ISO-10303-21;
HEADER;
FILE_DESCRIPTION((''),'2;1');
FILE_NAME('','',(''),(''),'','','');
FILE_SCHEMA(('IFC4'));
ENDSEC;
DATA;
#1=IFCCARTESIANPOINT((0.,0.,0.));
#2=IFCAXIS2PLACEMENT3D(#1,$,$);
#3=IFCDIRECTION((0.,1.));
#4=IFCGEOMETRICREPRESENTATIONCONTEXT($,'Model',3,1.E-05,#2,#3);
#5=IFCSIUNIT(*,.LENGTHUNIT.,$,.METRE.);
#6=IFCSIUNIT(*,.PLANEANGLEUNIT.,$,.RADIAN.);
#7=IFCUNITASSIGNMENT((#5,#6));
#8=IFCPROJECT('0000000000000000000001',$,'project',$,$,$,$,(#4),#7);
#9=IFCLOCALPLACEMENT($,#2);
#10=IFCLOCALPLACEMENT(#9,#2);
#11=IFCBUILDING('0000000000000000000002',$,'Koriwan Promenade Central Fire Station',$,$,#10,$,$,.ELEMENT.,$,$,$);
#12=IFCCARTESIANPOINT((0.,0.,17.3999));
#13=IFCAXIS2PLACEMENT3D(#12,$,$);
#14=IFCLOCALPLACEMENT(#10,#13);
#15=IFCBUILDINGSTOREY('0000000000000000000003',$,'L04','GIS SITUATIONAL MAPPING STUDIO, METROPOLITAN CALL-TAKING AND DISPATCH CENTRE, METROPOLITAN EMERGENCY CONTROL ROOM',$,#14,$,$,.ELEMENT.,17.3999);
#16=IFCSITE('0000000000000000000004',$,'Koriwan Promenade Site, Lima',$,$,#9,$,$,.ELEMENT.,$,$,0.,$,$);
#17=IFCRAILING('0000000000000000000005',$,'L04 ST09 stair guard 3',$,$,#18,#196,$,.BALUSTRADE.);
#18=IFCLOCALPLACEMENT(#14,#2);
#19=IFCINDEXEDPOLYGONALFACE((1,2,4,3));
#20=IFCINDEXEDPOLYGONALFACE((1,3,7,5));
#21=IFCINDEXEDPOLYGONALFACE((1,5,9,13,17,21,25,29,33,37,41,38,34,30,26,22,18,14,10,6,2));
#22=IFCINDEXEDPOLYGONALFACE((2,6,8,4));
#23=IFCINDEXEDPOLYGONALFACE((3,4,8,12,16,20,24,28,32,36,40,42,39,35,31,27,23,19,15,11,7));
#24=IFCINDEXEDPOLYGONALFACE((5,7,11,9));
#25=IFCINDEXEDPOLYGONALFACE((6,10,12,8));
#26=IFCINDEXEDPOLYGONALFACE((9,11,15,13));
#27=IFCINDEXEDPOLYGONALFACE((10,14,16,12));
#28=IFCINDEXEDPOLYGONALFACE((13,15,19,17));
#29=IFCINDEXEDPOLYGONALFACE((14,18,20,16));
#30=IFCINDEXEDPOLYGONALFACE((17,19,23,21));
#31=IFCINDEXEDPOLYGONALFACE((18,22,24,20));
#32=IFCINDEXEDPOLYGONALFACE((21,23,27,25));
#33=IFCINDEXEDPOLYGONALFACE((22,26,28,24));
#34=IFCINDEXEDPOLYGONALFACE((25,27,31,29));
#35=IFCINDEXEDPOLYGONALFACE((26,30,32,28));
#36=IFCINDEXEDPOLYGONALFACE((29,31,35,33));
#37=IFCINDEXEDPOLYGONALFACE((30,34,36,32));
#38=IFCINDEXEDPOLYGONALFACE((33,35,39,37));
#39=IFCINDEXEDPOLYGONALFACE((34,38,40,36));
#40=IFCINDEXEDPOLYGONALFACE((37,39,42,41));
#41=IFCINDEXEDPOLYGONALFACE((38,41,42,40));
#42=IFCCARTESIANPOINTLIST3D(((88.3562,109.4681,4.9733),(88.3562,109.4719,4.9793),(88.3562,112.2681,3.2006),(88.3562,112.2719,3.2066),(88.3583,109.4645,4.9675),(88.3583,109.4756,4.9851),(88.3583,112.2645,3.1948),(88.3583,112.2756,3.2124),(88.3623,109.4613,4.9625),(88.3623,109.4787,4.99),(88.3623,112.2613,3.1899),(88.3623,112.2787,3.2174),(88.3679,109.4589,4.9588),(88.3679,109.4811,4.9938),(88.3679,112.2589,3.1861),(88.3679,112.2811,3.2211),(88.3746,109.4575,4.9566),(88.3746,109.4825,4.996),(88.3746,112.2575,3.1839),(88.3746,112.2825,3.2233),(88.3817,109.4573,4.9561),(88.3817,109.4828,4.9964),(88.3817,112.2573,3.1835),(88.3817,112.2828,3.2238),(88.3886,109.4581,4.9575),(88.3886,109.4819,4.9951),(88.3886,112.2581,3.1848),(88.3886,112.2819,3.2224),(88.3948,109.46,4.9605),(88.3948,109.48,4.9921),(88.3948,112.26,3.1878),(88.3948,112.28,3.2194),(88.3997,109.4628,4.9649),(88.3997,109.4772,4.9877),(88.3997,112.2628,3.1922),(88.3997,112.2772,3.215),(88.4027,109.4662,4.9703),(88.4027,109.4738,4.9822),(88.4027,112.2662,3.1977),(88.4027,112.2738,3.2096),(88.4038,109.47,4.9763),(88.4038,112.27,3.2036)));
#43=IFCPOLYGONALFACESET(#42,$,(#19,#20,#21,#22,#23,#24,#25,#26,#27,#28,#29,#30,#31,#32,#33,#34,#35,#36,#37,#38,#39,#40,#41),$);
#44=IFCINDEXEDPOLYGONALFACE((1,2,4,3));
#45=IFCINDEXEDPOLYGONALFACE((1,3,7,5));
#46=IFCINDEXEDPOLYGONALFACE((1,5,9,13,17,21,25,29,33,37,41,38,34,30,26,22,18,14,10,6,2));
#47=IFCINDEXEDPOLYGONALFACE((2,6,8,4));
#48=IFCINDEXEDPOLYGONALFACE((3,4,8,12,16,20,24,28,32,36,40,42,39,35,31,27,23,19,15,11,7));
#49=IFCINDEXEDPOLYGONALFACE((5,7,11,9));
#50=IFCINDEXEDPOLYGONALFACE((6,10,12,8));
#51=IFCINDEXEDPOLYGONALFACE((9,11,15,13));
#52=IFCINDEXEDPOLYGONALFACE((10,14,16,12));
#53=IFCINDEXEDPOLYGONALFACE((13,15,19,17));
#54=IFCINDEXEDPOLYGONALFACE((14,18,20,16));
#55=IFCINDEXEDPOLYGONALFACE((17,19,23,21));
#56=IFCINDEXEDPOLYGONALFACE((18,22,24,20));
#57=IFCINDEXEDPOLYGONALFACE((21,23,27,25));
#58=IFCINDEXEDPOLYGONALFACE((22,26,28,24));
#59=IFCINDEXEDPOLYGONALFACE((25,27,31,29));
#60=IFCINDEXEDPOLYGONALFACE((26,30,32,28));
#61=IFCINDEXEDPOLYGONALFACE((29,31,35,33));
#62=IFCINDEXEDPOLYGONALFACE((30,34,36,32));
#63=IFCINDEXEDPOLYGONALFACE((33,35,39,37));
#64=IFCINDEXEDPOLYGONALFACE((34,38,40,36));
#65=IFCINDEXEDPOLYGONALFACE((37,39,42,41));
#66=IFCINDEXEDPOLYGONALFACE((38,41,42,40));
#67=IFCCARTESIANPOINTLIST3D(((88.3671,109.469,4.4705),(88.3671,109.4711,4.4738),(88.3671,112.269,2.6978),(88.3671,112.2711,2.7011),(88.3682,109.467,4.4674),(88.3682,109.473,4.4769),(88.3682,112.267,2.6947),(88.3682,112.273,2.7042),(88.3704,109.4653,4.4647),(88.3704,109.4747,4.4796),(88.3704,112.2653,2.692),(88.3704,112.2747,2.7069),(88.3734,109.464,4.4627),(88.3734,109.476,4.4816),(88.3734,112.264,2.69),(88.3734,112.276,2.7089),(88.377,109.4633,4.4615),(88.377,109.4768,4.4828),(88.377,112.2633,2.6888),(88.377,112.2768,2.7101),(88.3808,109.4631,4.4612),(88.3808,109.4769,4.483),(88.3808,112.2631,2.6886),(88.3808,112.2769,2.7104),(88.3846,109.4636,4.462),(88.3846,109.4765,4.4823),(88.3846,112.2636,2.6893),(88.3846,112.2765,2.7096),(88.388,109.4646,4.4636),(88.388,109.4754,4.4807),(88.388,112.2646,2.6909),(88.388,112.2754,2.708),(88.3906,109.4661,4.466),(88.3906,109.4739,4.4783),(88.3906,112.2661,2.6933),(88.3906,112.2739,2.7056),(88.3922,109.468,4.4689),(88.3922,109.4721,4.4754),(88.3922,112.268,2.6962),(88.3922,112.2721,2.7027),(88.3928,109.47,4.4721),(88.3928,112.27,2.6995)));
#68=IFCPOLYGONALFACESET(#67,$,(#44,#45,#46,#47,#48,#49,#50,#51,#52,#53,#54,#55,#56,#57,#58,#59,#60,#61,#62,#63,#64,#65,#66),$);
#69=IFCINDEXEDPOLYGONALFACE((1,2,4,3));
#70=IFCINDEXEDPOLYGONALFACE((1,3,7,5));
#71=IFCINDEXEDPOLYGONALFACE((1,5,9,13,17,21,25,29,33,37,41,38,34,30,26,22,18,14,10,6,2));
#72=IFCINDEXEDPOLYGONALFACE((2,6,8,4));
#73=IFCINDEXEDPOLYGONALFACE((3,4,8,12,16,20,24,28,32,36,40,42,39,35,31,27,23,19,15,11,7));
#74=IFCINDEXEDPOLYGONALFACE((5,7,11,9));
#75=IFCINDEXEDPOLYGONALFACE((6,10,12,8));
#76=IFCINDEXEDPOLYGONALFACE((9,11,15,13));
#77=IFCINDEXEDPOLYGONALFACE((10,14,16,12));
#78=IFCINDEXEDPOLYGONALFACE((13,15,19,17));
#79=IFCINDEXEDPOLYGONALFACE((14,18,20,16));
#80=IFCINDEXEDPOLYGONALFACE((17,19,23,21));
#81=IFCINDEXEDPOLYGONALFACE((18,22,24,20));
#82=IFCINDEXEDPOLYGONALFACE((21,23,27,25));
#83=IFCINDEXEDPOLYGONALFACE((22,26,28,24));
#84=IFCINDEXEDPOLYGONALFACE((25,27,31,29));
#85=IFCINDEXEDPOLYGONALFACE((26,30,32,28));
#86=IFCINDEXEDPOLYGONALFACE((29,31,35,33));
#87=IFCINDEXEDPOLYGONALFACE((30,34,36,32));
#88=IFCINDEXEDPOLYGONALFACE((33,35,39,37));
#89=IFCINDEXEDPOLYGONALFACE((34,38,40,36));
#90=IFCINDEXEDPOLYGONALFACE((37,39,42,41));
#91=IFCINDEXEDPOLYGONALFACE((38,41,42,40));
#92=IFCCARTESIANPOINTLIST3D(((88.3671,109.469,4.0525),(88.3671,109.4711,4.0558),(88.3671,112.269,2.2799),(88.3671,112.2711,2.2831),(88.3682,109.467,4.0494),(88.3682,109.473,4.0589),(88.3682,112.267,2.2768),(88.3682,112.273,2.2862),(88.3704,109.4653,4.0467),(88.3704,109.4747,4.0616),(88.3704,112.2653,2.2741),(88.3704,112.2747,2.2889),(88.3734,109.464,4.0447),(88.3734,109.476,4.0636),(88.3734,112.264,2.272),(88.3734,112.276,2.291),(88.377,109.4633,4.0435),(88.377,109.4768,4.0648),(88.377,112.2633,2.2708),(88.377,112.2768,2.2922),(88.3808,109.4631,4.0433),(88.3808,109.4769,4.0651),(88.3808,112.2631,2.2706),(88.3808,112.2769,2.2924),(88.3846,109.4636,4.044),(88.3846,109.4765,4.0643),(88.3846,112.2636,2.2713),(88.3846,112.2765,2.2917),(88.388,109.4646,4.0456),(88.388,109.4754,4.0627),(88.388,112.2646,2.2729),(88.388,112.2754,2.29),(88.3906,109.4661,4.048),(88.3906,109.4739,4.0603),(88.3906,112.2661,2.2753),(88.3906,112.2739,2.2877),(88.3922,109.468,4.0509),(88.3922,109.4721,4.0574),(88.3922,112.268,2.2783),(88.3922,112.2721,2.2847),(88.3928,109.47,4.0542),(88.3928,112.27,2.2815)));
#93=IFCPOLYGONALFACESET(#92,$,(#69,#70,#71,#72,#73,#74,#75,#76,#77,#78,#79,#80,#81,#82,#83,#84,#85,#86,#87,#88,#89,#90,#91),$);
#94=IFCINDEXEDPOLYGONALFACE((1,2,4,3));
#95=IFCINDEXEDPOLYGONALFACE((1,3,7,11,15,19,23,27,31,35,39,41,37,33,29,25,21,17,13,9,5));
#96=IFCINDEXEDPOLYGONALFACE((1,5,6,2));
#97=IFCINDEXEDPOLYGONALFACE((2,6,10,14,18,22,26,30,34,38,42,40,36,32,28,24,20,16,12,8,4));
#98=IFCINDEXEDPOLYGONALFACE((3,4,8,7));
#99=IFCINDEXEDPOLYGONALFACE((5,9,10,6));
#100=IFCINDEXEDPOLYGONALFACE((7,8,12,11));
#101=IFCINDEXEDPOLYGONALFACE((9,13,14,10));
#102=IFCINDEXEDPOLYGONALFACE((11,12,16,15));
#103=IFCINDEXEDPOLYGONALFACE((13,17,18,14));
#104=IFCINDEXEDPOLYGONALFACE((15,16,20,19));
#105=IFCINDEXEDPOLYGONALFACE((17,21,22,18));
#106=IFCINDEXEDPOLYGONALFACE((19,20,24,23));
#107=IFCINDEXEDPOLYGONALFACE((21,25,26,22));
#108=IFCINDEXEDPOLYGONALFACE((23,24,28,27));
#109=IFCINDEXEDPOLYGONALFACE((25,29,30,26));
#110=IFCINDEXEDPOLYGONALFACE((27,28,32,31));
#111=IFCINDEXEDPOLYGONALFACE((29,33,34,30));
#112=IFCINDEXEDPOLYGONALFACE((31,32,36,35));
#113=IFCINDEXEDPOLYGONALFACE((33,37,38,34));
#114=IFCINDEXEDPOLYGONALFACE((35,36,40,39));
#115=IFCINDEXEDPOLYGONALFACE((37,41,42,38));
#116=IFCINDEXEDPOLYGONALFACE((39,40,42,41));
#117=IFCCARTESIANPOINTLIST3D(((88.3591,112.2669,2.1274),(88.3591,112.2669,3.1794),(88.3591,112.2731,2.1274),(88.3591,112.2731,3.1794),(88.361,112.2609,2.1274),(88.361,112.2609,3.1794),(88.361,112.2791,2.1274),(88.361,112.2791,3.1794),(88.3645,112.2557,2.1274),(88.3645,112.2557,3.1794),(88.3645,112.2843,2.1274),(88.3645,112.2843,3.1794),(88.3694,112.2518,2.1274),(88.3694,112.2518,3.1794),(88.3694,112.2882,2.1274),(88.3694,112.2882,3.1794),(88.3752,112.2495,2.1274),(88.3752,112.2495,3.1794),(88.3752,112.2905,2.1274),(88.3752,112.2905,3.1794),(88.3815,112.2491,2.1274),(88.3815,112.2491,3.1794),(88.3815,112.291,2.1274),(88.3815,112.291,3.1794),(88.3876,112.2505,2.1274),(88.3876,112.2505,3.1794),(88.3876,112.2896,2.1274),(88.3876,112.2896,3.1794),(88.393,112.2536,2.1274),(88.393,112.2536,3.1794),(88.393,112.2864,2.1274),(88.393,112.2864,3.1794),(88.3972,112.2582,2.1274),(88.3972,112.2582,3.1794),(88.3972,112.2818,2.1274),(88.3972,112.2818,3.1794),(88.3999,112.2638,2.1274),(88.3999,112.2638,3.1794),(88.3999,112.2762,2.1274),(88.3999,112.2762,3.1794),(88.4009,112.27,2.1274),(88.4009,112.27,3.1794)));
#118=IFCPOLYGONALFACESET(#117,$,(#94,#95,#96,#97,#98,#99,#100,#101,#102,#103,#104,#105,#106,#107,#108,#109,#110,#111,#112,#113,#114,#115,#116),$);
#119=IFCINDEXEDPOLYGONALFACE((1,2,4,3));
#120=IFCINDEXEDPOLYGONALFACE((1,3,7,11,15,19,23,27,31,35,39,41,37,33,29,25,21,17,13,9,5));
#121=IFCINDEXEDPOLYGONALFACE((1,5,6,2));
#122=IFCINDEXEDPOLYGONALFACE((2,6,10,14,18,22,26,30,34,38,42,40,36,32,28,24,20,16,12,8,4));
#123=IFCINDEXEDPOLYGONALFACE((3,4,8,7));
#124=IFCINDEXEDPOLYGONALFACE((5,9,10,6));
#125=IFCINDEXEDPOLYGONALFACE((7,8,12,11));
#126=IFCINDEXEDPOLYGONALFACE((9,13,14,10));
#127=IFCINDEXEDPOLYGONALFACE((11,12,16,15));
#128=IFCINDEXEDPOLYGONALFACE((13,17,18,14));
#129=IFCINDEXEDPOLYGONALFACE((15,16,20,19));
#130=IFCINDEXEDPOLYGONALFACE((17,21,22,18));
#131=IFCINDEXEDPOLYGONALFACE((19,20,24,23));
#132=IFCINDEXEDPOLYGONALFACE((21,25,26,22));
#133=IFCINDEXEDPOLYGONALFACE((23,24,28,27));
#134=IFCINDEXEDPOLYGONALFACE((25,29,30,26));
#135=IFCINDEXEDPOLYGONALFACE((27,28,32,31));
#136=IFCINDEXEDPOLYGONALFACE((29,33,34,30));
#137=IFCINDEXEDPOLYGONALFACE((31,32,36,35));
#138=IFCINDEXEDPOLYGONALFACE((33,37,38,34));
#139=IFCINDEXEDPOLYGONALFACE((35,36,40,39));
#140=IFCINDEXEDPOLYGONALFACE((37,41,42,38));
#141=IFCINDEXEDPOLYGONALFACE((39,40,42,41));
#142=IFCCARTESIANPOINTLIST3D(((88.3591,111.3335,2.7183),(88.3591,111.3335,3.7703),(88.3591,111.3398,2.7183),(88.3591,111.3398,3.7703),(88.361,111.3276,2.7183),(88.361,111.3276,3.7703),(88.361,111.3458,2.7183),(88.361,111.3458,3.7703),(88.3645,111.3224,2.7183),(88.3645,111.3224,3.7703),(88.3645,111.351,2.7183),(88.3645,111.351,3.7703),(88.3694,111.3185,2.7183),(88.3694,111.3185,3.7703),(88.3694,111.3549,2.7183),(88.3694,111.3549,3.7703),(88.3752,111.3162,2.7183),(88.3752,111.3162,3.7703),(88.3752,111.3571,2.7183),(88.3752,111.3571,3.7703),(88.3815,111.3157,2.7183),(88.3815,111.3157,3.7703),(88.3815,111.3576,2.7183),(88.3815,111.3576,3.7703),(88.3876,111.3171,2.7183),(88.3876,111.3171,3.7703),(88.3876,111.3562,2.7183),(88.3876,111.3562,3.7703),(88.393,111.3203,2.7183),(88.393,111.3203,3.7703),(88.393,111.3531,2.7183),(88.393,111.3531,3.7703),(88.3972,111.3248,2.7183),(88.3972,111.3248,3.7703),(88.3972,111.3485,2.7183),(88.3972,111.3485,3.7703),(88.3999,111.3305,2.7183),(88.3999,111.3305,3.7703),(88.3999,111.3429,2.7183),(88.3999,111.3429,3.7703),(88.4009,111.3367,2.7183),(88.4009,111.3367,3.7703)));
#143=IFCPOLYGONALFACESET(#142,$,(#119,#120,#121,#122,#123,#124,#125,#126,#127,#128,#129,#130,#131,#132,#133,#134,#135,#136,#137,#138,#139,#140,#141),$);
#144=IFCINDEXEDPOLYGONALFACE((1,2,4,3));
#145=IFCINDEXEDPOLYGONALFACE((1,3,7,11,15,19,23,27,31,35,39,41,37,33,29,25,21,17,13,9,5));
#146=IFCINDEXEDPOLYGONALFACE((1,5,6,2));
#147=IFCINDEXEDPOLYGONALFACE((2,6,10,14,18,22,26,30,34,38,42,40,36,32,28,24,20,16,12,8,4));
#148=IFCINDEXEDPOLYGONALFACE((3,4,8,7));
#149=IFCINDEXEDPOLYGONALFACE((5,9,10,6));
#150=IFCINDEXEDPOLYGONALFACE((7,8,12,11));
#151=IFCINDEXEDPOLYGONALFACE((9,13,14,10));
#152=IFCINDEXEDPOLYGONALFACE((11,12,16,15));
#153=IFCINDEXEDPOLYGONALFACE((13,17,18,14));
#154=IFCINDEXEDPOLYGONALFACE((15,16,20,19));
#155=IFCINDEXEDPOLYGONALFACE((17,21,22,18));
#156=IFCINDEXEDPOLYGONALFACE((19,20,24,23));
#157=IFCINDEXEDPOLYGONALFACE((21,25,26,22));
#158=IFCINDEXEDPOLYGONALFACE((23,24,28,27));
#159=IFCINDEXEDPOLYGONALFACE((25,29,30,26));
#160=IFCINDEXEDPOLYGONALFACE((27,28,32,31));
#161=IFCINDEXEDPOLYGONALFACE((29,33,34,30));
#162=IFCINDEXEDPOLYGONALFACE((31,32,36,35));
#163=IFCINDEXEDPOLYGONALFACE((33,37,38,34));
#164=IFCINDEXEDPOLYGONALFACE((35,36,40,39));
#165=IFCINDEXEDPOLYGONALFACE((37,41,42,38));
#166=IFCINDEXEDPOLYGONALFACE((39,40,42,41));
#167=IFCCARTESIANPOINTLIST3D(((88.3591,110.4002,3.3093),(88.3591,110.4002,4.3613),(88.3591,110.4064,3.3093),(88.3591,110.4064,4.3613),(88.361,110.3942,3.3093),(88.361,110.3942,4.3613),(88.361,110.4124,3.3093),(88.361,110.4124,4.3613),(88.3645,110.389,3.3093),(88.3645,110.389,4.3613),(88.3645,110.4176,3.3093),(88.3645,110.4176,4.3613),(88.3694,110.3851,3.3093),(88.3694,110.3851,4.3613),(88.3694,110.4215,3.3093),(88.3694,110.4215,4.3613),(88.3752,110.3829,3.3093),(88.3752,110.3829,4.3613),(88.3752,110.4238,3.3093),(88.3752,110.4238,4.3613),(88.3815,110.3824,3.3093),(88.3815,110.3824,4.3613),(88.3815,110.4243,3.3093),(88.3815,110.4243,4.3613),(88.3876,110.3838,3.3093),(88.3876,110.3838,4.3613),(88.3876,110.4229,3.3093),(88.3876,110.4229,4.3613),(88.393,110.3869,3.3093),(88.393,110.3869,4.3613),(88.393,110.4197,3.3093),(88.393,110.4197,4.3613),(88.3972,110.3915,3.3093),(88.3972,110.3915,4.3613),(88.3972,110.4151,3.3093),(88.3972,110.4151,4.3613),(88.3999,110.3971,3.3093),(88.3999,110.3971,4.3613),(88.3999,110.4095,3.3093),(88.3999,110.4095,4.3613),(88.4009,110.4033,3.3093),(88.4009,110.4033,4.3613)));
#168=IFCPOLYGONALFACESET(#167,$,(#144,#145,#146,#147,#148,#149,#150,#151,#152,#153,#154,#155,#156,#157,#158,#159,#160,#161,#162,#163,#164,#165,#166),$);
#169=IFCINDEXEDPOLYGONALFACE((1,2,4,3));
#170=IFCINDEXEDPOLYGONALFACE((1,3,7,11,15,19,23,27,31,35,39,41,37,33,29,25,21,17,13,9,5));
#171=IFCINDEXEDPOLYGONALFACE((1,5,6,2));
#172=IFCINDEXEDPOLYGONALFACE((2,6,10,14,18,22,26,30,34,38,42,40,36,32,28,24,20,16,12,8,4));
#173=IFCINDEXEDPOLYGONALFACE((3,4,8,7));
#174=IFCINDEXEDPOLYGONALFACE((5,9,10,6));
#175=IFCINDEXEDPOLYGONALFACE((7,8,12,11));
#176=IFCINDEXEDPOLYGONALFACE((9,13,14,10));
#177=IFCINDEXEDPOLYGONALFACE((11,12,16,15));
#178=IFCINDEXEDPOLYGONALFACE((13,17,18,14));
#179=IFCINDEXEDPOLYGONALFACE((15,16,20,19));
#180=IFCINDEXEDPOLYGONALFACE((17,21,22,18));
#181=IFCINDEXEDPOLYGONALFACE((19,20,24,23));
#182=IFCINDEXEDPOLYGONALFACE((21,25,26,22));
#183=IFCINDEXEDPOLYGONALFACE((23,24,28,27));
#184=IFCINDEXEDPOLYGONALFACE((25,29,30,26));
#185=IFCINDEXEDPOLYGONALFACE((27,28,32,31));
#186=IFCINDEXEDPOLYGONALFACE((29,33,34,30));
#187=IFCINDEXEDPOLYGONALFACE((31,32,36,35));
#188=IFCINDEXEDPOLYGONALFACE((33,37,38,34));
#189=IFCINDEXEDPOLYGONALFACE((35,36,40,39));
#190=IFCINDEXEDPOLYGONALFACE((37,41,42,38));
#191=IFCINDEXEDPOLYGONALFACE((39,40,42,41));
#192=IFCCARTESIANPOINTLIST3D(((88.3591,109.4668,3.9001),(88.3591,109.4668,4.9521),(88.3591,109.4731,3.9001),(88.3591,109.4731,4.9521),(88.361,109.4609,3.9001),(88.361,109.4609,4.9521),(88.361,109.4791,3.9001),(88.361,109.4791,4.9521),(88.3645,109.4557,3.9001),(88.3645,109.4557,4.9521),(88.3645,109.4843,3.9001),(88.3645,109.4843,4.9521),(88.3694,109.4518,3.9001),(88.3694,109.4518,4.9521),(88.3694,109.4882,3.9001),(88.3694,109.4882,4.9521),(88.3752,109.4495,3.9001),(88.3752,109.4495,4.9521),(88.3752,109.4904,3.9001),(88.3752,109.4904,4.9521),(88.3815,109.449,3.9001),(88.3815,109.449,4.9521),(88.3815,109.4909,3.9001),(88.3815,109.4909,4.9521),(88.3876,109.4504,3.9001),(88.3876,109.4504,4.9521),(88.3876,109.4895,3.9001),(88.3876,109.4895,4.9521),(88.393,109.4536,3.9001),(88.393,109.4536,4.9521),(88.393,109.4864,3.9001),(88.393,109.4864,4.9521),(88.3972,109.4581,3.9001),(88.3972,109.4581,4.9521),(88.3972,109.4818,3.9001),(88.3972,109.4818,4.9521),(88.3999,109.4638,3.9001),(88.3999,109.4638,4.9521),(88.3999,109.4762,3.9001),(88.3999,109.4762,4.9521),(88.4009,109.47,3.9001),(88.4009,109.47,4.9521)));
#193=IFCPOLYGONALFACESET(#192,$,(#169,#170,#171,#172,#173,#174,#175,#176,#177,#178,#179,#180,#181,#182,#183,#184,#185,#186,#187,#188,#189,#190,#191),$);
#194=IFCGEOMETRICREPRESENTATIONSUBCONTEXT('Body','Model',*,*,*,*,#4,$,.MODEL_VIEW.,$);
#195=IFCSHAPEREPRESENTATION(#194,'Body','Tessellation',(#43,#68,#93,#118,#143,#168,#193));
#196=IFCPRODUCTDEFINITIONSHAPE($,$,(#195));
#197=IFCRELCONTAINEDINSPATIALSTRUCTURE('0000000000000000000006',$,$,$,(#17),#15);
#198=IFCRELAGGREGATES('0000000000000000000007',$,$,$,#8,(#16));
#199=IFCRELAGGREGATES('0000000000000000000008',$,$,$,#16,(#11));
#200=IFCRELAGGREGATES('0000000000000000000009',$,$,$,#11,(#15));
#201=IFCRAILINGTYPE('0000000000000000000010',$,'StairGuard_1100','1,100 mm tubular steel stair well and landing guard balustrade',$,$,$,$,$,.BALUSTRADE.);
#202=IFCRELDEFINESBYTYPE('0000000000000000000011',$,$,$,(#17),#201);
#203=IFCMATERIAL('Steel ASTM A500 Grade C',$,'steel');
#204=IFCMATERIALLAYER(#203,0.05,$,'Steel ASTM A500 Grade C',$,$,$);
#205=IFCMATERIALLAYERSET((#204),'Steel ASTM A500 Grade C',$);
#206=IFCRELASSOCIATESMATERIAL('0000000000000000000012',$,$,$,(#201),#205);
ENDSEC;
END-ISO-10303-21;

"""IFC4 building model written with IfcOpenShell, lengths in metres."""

from ifc_helpers import new_model, si_unit, direction, frame, origin, origin_2d, place, context, subcontext, project, spatial, circle, extrude, material, layer, layer_set, type_object, element, save


model = new_model("IFC4")

# Units and contexts
model_context = context("Model", 3, precision=1e-05, world=origin(), true_north=direction((0.0, 1.0)))
body_context = subcontext(model_context, "Body", "Model", "MODEL_VIEW")
ifc_project = project(units=[si_unit("LENGTHUNIT", "METRE"), si_unit("PLANEANGLEUNIT", "RADIAN")], contexts=[model_context])

# Site, building, storey
site_placement = place(None, origin())
site = spatial("IfcSite", under=ifc_project, at=site_placement, Name="Koriwan Promenade Site, Lima", CompositionType="ELEMENT", RefElevation=0.0)
building_placement = place(site_placement, origin())
building = spatial("IfcBuilding", under=site, at=building_placement, Name="Koriwan Promenade Central Fire Station", CompositionType="ELEMENT")
storey_placement = place(building_placement, frame((0.0, 0.0, 17.3999)))
storey = spatial("IfcBuildingStorey", under=building, at=storey_placement, Name="L04", Description="GIS SITUATIONAL MAPPING STUDIO, METROPOLITAN CALL-TAKING AND DISPATCH CENTRE, METROPOLITAN EMERGENCY CONTROL ROOM", CompositionType="ELEMENT", Elevation=17.3999)

# Railing
ifc_material_1 = material(Name="Steel ASTM A500 Grade C", Category="steel")
ifc_layer_1 = layer(ifc_material_1, 0.05, Name="Steel ASTM A500 Grade C")
ifc_layer_set_1 = layer_set([ifc_layer_1], Name="Steel ASTM A500 Grade C")
railing_type_1 = type_object("IfcRailingType", Name="StairGuard_1100", Description="1,100 mm tubular steel stair well and landing guard balustrade", PredefinedType="BALUSTRADE", material=ifc_layer_set_1)
railing_1_placement = place(storey_placement, frame((88.3799, 112.27, 2.1274)))
element("IfcRailing", 1, at=railing_1_placement, inside=storey, type_object=railing_type_1, Name="L04 ST09 stair guard 3", PredefinedType="BALUSTRADE", context=body_context, shape_type="SweptSolid", body=[
    extrude(circle(Radius=0.0239, at=origin_2d()), frame((0.0, 0.0, 1.0762), z_axis=(0.0, -0.844909, 0.53491), x_axis=(1.0, 0.0, 0.0)), (0.0, 0.0, 1.0), 3.314),
    extrude(circle(Radius=0.0129, at=origin_2d()), frame((0.0, 0.0, 0.572), z_axis=(0.0, -0.844909, 0.53491), x_axis=(1.0, 0.0, 0.0)), (0.0, 0.0, 1.0), 3.314),
    extrude(circle(Radius=0.0129, at=origin_2d()), frame((0.0, 0.0, 0.1541), z_axis=(0.0, -0.844909, 0.53491), x_axis=(1.0, 0.0, 0.0)), (0.0, 0.0, 1.0), 3.314),
    extrude(circle(Radius=0.021, at=origin_2d()), origin(), (0.0, 0.0, 1.0), 1.052),
    extrude(circle(Radius=0.021, at=origin_2d()), frame((0.0, -0.9333, 0.5908)), (0.0, 0.0, 1.0), 1.052),
    extrude(circle(Radius=0.021, at=origin_2d()), frame((0.0, -1.8667, 1.1819)), (0.0, 0.0, 1.0), 1.052),
    extrude(circle(Radius=0.021, at=origin_2d()), frame((0.0, -2.8, 1.7727)), (0.0, 0.0, 1.0), 1.052),
])

save(model, "model.ifc")
